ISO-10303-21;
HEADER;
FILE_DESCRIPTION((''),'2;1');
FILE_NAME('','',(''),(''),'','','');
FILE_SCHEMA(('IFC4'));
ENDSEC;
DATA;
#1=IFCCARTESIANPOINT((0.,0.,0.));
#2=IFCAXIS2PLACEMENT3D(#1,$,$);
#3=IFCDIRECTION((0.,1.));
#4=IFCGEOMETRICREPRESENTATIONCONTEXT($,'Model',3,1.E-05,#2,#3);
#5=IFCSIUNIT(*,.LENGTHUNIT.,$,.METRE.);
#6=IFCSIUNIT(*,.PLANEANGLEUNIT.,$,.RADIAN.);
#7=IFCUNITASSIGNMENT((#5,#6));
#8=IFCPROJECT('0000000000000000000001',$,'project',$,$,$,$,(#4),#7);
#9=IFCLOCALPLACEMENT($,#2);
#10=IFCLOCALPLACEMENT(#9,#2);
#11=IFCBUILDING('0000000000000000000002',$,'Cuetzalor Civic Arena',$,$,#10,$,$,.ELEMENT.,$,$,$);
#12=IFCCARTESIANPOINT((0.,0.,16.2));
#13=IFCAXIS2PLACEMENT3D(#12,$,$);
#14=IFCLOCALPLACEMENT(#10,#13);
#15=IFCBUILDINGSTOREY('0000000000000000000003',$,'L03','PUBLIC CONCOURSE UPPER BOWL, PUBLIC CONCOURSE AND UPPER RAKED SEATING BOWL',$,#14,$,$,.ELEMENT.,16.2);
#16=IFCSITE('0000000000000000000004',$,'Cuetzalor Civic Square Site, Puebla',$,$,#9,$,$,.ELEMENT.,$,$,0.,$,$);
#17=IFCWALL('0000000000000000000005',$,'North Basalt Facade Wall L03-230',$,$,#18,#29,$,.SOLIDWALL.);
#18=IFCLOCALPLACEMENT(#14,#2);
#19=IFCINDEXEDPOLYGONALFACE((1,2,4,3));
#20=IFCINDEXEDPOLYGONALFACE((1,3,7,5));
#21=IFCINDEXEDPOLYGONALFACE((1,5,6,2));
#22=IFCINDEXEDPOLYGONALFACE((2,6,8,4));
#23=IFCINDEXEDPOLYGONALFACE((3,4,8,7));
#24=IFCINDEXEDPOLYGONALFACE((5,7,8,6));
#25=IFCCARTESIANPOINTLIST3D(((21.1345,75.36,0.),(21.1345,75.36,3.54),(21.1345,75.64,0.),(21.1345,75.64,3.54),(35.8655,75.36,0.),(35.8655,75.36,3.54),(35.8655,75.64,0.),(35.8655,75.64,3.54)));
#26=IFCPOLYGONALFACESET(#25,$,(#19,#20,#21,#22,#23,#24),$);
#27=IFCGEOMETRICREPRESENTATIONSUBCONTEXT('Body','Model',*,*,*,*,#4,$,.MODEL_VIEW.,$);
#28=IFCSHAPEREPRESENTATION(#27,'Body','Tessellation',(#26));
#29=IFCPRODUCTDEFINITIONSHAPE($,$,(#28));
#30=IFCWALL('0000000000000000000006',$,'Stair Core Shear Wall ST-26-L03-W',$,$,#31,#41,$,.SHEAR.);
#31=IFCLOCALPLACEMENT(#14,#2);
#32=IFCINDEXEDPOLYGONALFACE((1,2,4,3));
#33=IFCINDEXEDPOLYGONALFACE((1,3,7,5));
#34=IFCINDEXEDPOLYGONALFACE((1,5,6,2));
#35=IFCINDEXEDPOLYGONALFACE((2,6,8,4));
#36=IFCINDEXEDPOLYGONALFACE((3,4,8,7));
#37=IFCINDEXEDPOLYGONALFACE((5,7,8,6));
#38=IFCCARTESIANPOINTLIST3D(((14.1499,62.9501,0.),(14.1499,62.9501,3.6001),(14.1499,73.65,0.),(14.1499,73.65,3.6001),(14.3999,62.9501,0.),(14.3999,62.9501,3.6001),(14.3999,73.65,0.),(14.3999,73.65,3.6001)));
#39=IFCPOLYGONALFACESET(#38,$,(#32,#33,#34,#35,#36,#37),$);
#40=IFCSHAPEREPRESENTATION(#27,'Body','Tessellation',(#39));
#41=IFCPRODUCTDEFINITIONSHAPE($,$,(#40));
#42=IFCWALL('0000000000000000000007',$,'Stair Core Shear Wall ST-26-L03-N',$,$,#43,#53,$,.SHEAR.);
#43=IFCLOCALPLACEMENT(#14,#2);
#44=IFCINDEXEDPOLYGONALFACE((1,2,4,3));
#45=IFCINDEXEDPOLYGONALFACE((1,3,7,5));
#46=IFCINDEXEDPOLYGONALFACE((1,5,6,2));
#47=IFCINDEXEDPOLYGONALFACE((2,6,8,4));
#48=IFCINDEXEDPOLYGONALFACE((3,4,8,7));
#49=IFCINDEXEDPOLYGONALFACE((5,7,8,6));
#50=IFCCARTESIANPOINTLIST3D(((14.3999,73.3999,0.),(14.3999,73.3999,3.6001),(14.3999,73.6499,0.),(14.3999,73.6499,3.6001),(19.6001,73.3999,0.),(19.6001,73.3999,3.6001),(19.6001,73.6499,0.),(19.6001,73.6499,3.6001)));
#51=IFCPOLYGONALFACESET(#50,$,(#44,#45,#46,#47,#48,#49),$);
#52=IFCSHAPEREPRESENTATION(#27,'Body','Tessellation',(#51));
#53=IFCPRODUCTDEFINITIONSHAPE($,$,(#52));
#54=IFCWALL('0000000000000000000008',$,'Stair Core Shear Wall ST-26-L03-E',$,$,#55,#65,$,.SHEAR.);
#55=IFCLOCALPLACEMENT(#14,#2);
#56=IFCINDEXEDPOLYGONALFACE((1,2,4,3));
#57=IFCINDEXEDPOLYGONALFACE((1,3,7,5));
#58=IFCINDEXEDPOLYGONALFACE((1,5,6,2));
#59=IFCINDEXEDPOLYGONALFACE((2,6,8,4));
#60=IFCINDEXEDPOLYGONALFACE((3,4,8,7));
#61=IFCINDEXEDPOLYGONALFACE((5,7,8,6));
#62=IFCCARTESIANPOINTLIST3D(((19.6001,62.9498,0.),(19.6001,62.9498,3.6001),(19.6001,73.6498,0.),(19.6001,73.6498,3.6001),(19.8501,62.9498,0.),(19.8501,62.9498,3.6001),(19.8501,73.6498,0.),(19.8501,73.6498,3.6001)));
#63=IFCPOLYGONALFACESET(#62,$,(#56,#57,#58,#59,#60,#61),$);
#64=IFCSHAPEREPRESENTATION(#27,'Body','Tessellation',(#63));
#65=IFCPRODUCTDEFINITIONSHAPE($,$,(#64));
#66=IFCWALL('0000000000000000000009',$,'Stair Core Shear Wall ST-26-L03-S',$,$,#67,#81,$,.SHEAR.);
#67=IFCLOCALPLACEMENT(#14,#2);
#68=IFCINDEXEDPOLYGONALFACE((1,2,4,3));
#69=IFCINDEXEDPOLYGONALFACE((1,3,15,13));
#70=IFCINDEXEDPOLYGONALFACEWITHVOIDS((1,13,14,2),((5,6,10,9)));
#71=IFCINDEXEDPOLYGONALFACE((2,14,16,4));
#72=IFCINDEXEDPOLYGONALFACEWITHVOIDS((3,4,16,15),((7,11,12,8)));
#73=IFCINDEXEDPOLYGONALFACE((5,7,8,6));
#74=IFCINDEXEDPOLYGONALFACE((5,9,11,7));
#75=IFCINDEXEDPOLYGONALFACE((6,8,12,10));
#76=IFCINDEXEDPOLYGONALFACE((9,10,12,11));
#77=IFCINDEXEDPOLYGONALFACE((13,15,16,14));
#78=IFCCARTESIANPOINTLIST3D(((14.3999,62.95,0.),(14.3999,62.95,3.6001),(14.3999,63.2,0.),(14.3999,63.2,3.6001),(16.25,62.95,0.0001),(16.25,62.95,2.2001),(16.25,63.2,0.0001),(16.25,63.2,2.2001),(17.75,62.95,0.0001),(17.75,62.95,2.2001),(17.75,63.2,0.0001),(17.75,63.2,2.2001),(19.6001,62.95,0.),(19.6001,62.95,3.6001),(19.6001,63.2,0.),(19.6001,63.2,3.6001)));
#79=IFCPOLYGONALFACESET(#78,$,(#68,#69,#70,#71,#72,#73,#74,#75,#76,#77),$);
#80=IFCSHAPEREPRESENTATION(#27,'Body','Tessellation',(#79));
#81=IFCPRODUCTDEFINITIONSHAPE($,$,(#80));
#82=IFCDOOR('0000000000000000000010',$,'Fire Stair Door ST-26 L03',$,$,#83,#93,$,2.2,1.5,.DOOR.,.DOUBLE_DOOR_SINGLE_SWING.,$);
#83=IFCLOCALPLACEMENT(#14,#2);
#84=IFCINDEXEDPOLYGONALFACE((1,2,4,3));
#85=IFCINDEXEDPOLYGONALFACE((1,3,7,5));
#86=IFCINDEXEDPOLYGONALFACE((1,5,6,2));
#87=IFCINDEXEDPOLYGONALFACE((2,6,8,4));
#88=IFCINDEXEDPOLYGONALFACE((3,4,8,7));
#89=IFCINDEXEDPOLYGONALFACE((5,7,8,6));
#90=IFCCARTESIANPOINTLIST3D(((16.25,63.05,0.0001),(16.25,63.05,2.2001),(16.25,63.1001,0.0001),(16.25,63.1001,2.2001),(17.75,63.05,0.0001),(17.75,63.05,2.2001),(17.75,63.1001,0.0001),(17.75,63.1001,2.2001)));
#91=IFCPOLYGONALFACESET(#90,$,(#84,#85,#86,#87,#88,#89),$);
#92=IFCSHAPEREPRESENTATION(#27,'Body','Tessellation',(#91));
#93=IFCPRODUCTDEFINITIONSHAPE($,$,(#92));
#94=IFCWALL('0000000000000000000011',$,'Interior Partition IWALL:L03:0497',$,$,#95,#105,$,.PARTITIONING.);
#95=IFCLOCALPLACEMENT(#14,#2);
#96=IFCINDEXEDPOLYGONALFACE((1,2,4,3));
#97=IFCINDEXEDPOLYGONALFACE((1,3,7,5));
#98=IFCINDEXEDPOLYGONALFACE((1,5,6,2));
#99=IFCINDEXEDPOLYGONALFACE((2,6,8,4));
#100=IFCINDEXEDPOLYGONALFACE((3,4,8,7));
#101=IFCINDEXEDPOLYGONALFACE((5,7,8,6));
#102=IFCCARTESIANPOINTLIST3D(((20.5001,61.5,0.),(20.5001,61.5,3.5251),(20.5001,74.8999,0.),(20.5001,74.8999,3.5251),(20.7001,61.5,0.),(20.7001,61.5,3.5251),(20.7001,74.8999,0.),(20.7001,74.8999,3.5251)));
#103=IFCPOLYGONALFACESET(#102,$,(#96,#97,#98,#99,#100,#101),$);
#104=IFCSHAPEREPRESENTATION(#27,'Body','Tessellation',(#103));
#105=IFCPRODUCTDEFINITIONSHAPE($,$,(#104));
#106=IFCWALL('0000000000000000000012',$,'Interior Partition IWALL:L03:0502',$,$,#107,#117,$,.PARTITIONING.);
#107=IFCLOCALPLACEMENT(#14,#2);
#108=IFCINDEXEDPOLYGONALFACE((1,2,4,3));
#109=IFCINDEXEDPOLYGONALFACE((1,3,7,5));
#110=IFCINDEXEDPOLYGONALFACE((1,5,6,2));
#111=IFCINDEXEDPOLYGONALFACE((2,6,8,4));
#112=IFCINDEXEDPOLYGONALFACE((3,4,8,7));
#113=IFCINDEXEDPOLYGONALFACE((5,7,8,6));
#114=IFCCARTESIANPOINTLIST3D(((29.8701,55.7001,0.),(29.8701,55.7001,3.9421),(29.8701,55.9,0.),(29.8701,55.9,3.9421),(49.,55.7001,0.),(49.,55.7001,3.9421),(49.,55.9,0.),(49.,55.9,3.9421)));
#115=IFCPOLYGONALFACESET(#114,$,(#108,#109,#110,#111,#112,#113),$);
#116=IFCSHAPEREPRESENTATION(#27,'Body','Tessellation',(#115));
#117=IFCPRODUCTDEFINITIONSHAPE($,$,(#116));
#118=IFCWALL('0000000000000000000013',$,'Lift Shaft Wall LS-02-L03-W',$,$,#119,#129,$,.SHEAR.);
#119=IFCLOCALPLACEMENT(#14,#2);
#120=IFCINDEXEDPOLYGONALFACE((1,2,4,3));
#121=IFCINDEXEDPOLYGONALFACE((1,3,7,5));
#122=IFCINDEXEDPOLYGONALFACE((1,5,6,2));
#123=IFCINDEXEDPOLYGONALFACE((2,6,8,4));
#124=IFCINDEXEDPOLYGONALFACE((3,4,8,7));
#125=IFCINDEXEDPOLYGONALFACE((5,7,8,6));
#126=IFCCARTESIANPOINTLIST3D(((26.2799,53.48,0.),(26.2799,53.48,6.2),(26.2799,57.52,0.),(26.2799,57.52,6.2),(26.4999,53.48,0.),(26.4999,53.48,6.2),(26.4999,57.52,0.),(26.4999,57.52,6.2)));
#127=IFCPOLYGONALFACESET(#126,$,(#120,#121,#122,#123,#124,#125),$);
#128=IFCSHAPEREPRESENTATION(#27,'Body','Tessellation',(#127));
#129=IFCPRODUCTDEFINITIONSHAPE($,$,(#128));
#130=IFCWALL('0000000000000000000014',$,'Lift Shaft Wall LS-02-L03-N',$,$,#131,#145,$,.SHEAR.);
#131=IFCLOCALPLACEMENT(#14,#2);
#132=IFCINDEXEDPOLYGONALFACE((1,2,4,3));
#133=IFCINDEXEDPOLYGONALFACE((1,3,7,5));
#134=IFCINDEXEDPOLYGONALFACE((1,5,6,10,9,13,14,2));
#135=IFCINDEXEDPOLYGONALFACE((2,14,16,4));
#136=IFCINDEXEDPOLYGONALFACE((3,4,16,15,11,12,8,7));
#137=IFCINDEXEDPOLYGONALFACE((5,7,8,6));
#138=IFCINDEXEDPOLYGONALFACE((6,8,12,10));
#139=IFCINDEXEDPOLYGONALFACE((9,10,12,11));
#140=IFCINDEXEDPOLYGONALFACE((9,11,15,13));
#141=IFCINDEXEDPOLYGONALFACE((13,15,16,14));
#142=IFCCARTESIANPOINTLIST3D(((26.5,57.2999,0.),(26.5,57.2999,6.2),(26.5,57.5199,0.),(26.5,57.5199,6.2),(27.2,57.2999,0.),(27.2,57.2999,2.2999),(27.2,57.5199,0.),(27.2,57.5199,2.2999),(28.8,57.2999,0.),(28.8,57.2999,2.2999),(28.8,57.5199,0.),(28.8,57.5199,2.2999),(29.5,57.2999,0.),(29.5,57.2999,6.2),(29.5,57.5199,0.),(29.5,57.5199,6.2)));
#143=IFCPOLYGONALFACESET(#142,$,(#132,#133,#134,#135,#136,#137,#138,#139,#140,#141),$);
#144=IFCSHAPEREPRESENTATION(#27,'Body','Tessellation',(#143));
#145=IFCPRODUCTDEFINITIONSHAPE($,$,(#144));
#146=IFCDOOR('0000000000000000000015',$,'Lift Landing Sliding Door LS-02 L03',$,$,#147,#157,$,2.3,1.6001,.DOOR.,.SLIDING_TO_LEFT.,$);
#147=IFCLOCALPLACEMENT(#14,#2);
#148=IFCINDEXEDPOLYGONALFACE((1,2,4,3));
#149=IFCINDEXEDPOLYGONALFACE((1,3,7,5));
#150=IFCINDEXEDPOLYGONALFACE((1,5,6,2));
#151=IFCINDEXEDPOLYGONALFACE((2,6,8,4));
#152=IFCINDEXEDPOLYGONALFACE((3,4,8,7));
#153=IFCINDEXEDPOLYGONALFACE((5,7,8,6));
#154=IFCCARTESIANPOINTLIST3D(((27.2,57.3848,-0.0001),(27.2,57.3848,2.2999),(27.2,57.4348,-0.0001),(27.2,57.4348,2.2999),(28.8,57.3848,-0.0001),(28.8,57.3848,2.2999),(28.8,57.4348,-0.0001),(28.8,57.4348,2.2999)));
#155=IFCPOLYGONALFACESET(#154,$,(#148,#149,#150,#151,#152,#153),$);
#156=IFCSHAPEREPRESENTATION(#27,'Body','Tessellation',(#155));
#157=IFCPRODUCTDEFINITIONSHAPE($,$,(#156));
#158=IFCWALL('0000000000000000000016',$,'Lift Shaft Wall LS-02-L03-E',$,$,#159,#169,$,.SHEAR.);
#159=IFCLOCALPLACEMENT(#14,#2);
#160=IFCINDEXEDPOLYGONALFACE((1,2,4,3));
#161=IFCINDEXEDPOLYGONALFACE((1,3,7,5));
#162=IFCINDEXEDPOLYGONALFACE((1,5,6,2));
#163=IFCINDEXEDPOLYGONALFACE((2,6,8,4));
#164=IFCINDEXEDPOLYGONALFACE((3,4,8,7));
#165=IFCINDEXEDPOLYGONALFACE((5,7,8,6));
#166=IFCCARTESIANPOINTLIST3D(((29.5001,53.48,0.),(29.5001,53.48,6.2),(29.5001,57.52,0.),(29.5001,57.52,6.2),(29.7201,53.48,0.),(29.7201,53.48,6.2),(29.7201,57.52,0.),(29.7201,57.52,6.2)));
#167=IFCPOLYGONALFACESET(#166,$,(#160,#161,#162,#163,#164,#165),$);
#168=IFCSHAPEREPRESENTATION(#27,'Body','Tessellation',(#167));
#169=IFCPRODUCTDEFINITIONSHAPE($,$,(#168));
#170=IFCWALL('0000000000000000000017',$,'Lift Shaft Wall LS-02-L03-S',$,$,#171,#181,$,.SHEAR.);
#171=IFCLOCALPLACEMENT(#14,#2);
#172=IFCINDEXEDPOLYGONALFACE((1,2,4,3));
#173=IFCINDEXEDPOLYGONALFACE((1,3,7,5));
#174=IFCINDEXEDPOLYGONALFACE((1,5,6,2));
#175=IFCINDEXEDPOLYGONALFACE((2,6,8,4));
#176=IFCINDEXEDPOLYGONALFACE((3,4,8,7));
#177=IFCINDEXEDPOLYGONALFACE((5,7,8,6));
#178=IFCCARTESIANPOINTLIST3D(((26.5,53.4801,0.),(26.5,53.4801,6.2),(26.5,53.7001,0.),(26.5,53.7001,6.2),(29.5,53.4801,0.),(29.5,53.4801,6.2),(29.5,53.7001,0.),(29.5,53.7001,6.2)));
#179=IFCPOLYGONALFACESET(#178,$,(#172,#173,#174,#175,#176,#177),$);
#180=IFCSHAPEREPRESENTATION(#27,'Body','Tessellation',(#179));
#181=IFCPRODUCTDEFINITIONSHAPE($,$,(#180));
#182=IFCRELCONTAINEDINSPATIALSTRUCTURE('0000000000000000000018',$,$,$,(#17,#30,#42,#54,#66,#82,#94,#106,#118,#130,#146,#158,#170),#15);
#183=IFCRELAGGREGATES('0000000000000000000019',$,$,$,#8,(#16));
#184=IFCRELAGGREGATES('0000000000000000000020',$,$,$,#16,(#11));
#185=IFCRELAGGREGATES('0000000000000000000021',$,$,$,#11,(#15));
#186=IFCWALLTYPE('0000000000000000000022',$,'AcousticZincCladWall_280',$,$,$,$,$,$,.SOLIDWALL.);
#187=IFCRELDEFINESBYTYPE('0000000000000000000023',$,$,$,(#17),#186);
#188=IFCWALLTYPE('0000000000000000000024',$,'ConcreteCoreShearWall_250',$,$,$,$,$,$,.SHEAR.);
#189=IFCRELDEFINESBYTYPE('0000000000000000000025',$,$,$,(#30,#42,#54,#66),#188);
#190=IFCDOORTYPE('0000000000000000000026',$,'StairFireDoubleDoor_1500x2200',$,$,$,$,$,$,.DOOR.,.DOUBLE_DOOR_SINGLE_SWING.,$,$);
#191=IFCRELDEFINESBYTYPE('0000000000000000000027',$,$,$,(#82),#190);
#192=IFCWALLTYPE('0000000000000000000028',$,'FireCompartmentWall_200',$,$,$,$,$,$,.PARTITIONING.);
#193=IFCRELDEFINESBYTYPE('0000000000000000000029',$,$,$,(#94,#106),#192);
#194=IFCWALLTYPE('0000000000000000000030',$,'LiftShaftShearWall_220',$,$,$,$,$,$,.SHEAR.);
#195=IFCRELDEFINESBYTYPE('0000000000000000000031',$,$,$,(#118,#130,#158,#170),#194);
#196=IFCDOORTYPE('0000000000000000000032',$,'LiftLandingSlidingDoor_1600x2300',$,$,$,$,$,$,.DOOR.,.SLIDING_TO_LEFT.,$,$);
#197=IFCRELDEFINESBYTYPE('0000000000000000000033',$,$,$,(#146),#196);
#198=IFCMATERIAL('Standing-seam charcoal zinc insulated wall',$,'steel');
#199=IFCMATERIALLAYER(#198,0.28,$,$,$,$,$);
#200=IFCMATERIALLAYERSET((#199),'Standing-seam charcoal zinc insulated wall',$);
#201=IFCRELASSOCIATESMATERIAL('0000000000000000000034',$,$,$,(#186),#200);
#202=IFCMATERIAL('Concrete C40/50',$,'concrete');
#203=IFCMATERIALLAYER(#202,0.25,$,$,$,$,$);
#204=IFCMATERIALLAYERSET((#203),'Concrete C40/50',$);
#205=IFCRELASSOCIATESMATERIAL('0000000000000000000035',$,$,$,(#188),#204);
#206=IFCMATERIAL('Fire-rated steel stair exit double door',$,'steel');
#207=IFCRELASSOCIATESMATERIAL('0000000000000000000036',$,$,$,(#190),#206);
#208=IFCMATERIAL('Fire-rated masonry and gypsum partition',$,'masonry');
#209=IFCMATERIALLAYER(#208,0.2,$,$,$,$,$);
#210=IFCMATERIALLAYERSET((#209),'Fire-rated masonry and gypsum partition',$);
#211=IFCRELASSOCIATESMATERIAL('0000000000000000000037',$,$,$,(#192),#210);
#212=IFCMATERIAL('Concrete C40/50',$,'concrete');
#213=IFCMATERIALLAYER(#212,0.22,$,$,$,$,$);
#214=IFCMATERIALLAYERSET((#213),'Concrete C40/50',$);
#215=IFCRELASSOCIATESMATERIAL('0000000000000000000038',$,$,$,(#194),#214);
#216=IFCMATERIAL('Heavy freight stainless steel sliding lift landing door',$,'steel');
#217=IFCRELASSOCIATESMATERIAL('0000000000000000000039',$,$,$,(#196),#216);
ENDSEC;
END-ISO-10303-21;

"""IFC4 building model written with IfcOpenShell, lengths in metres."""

from ifc_helpers import new_model, si_unit, direction, frame, frame_2d, origin, place, context, subcontext, project, spatial, rectangle, extrude, material, layer, layer_set, type_object, element, fill, save


model = new_model("IFC4")

# Units and contexts
model_context = context("Model", 3, precision=1e-05, world=origin(), true_north=direction((0.0, 1.0)))
body_context = subcontext(model_context, "Body", "Model", "MODEL_VIEW")
ifc_project = project(units=[si_unit("LENGTHUNIT", "METRE"), si_unit("PLANEANGLEUNIT", "RADIAN")], contexts=[model_context])

# Site, building, storey
site_placement = place(None, origin())
site = spatial("IfcSite", under=ifc_project, at=site_placement, Name="Cuetzalor Civic Square Site, Puebla", CompositionType="ELEMENT", RefElevation=0.0)
building_placement = place(site_placement, origin())
building = spatial("IfcBuilding", under=site, at=building_placement, Name="Cuetzalor Civic Arena", CompositionType="ELEMENT")
storey_placement = place(building_placement, frame((0.0, 0.0, 16.2)))
storey = spatial("IfcBuildingStorey", under=building, at=storey_placement, Name="L03", Description="PUBLIC CONCOURSE UPPER BOWL, PUBLIC CONCOURSE AND UPPER RAKED SEATING BOWL", CompositionType="ELEMENT", Elevation=16.2)

# Walls
ifc_material_1 = material(Name="Standing-seam charcoal zinc insulated wall", Category="steel")
ifc_layer_1 = layer(ifc_material_1, 0.28)
ifc_layer_set_1 = layer_set([ifc_layer_1], Name="Standing-seam charcoal zinc insulated wall")
wall_type_1 = type_object("IfcWallType", Name="AcousticZincCladWall_280", PredefinedType="SOLIDWALL", material=ifc_layer_set_1)
wall_1_placement = place(storey_placement, frame((21.1345, 75.5, 0.0), z_axis=(0.0, 0.0, 1.0), x_axis=(1.0, 0.0, 0.0)))
element("IfcWall", 1, at=wall_1_placement, inside=storey, type_object=wall_type_1, Name="North Basalt Facade Wall L03-230", PredefinedType="SOLIDWALL", context=body_context, shape_type="SweptSolid", body=[
    extrude(rectangle(XDim=14.731, YDim=0.28, at=frame_2d((7.3655, 0.0))), origin(), (0.0, 0.0, 1.0), 3.54),
])
ifc_material_2 = material(Name="Concrete C40/50", Category="concrete")
ifc_layer_2 = layer(ifc_material_2, 0.25)
ifc_layer_set_2 = layer_set([ifc_layer_2], Name="Concrete C40/50")
wall_type_2 = type_object("IfcWallType", Name="ConcreteCoreShearWall_250", PredefinedType="SHEAR", material=ifc_layer_set_2)
wall_2_placement = place(storey_placement, frame((14.2749, 62.95, 0.0), z_axis=(0.0, 0.0, 1.0), x_axis=(0.0, 1.0, 0.0)))
element("IfcWall", 2, at=wall_2_placement, inside=storey, type_object=wall_type_2, Name="Stair Core Shear Wall ST-26-L03-W", PredefinedType="SHEAR", context=body_context, shape_type="SweptSolid", body=[
    extrude(rectangle(XDim=10.7, YDim=0.25, at=frame_2d((5.3501, 0.0))), origin(), (0.0, 0.0, 1.0), 3.6001),
])
wall_3_placement = place(storey_placement, frame((14.3999, 73.5249, 0.0), z_axis=(0.0, 0.0, 1.0), x_axis=(1.0, 0.0, 0.0)))
element("IfcWall", 3, at=wall_3_placement, inside=storey, type_object=wall_type_2, Name="Stair Core Shear Wall ST-26-L03-N", PredefinedType="SHEAR", context=body_context, shape_type="SweptSolid", body=[
    extrude(rectangle(XDim=5.2002, YDim=0.25, at=frame_2d((2.6001, 0.0))), origin(), (0.0, 0.0, 1.0), 3.6001),
])
wall_4_placement = place(storey_placement, frame((19.7251, 73.6499, 0.0), z_axis=(0.0, 0.0, 1.0), x_axis=(0.0, -1.0, 0.0)))
element("IfcWall", 4, at=wall_4_placement, inside=storey, type_object=wall_type_2, Name="Stair Core Shear Wall ST-26-L03-E", PredefinedType="SHEAR", context=body_context, shape_type="SweptSolid", body=[
    extrude(rectangle(XDim=10.7, YDim=0.25, at=frame_2d((5.3501, 0.0))), origin(), (0.0, 0.0, 1.0), 3.6001),
])

# Wall, opening, door
wall_5_placement = place(storey_placement, frame((19.6001, 63.075, 0.0), z_axis=(0.0, 0.0, 1.0), x_axis=(-1.0, 0.0, 0.0)))
wall_5 = element("IfcWall", 5, at=wall_5_placement, inside=storey, type_object=wall_type_2, Name="Stair Core Shear Wall ST-26-L03-S", PredefinedType="SHEAR", context=body_context, shape_type="SweptSolid", body=[
    extrude(rectangle(XDim=5.2002, YDim=0.25, at=frame_2d((2.6001, 0.0))), origin(), (0.0, 0.0, 1.0), 3.6001),
])
opening_1_placement = place(wall_5_placement, frame((1.8501, 0.0, 0.0)))
opening_1 = element("IfcOpeningElement", 6, at=opening_1_placement, cuts=wall_5, PredefinedType="OPENING", context=body_context, shape_type="SweptSolid", body=[
    extrude(rectangle(XDim=1.5, YDim=2.2, at=frame_2d((0.75, 1.1001))), frame((0.0, 0.135, 0.0), z_axis=(0.0, -1.0, 0.0), x_axis=(1.0, 0.0, 0.0)), (0.0, 0.0, 1.0), 0.27),
])
ifc_material_3 = material(Name="Fire-rated steel stair exit double door", Category="steel")
door_type_1 = type_object("IfcDoorType", Name="StairFireDoubleDoor_1500x2200", OperationType="DOUBLE_DOOR_SINGLE_SWING", PredefinedType="DOOR", material=ifc_material_3)
door_1_placement = place(opening_1_placement, origin())
door_1 = element("IfcDoor", 7, at=door_1_placement, inside=storey, type_object=door_type_1, Name="Fire Stair Door ST-26 L03", OperationType="DOUBLE_DOOR_SINGLE_SWING", OverallHeight=2.2, OverallWidth=1.5, PredefinedType="DOOR", context=body_context, shape_type="SweptSolid", body=[
    extrude(rectangle(XDim=1.5, YDim=2.2, at=frame_2d((0.75, 1.1001))), frame((0.0, 0.0249, 0.0), z_axis=(0.0, -1.0, 0.0), x_axis=(1.0, 0.0, 0.0)), (0.0, 0.0, 1.0), 0.05),
])
fill(opening_1, door_1)

# Walls
ifc_material_4 = material(Name="Fire-rated masonry and gypsum partition", Category="masonry")
ifc_layer_3 = layer(ifc_material_4, 0.2)
ifc_layer_set_3 = layer_set([ifc_layer_3], Name="Fire-rated masonry and gypsum partition")
wall_type_3 = type_object("IfcWallType", Name="FireCompartmentWall_200", PredefinedType="PARTITIONING", material=ifc_layer_set_3)
wall_6_placement = place(storey_placement, frame((20.6001, 61.5, 0.0), z_axis=(0.0, 0.0, 1.0), x_axis=(0.0, 1.0, 0.0)))
element("IfcWall", 8, at=wall_6_placement, inside=storey, type_object=wall_type_3, Name="Interior Partition IWALL:L03:0497", PredefinedType="PARTITIONING", context=body_context, shape_type="SweptSolid", body=[
    extrude(rectangle(XDim=13.3999, YDim=0.2, at=frame_2d((6.7, 0.0))), origin(), (0.0, 0.0, 1.0), 3.5251),
])
wall_7_placement = place(storey_placement, frame((29.8701, 55.8, 0.0), z_axis=(0.0, 0.0, 1.0), x_axis=(1.0, 0.0, 0.0)))
element("IfcWall", 9, at=wall_7_placement, inside=storey, type_object=wall_type_3, Name="Interior Partition IWALL:L03:0502", PredefinedType="PARTITIONING", context=body_context, shape_type="SweptSolid", body=[
    extrude(rectangle(XDim=19.1299, YDim=0.2, at=frame_2d((9.5649, 0.0))), origin(), (0.0, 0.0, 1.0), 3.9421),
])
ifc_material_5 = material(Name="Concrete C40/50", Category="concrete")
ifc_layer_4 = layer(ifc_material_5, 0.22)
ifc_layer_set_4 = layer_set([ifc_layer_4], Name="Concrete C40/50")
wall_type_4 = type_object("IfcWallType", Name="LiftShaftShearWall_220", PredefinedType="SHEAR", material=ifc_layer_set_4)
wall_8_placement = place(storey_placement, frame((26.3899, 53.48, 0.0), z_axis=(0.0, 0.0, 1.0), x_axis=(0.0, 1.0, 0.0)))
element("IfcWall", 10, at=wall_8_placement, inside=storey, type_object=wall_type_4, Name="Lift Shaft Wall LS-02-L03-W", PredefinedType="SHEAR", context=body_context, shape_type="SweptSolid", body=[
    extrude(rectangle(XDim=4.04, YDim=0.22, at=frame_2d((2.02, 0.0))), origin(), (0.0, 0.0, 1.0), 6.2),
])

# Wall, opening, door
wall_9_placement = place(storey_placement, frame((26.5, 57.4099, 0.0), z_axis=(0.0, 0.0, 1.0), x_axis=(1.0, 0.0, 0.0)))
wall_9 = element("IfcWall", 11, at=wall_9_placement, inside=storey, type_object=wall_type_4, Name="Lift Shaft Wall LS-02-L03-N", PredefinedType="SHEAR", context=body_context, shape_type="SweptSolid", body=[
    extrude(rectangle(XDim=3.0, YDim=0.22, at=frame_2d((1.5, 0.0))), origin(), (0.0, 0.0, 1.0), 6.2),
])
opening_2_placement = place(wall_9_placement, frame((0.7, 0.0, 0.0)))
opening_2 = element("IfcOpeningElement", 12, at=opening_2_placement, cuts=wall_9, PredefinedType="OPENING", context=body_context, shape_type="SweptSolid", body=[
    extrude(rectangle(XDim=1.6001, YDim=2.3, at=frame_2d((0.8, 1.1499))), frame((0.0, 0.1201, 0.0), z_axis=(0.0, -1.0, 0.0), x_axis=(1.0, 0.0, 0.0)), (0.0, 0.0, 1.0), 0.24),
])
ifc_material_6 = material(Name="Heavy freight stainless steel sliding lift landing door", Category="steel")
door_type_2 = type_object("IfcDoorType", Name="LiftLandingSlidingDoor_1600x2300", OperationType="SLIDING_TO_LEFT", PredefinedType="DOOR", material=ifc_material_6)
door_2_placement = place(opening_2_placement, origin())
door_2 = element("IfcDoor", 13, at=door_2_placement, inside=storey, type_object=door_type_2, Name="Lift Landing Sliding Door LS-02 L03", OperationType="SLIDING_TO_LEFT", OverallHeight=2.3, OverallWidth=1.6001, PredefinedType="DOOR", context=body_context, shape_type="SweptSolid", body=[
    extrude(rectangle(XDim=1.6001, YDim=2.3, at=frame_2d((0.8, 1.1499))), frame((0.0, 0.0249, 0.0), z_axis=(0.0, -1.0, 0.0), x_axis=(1.0, 0.0, 0.0)), (0.0, 0.0, 1.0), 0.05),
])
fill(opening_2, door_2)

# Walls
wall_10_placement = place(storey_placement, frame((29.6101, 57.52, 0.0), z_axis=(0.0, 0.0, 1.0), x_axis=(0.0, -1.0, 0.0)))
element("IfcWall", 14, at=wall_10_placement, inside=storey, type_object=wall_type_4, Name="Lift Shaft Wall LS-02-L03-E", PredefinedType="SHEAR", context=body_context, shape_type="SweptSolid", body=[
    extrude(rectangle(XDim=4.04, YDim=0.22, at=frame_2d((2.02, 0.0))), origin(), (0.0, 0.0, 1.0), 6.2),
])
wall_11_placement = place(storey_placement, frame((29.5, 53.5901, 0.0), z_axis=(0.0, 0.0, 1.0), x_axis=(-1.0, 0.0, 0.0)))
element("IfcWall", 15, at=wall_11_placement, inside=storey, type_object=wall_type_4, Name="Lift Shaft Wall LS-02-L03-S", PredefinedType="SHEAR", context=body_context, shape_type="SweptSolid", body=[
    extrude(rectangle(XDim=3.0, YDim=0.22, at=frame_2d((1.5, 0.0))), origin(), (0.0, 0.0, 1.0), 6.2),
])

save(model, "model.ifc")
